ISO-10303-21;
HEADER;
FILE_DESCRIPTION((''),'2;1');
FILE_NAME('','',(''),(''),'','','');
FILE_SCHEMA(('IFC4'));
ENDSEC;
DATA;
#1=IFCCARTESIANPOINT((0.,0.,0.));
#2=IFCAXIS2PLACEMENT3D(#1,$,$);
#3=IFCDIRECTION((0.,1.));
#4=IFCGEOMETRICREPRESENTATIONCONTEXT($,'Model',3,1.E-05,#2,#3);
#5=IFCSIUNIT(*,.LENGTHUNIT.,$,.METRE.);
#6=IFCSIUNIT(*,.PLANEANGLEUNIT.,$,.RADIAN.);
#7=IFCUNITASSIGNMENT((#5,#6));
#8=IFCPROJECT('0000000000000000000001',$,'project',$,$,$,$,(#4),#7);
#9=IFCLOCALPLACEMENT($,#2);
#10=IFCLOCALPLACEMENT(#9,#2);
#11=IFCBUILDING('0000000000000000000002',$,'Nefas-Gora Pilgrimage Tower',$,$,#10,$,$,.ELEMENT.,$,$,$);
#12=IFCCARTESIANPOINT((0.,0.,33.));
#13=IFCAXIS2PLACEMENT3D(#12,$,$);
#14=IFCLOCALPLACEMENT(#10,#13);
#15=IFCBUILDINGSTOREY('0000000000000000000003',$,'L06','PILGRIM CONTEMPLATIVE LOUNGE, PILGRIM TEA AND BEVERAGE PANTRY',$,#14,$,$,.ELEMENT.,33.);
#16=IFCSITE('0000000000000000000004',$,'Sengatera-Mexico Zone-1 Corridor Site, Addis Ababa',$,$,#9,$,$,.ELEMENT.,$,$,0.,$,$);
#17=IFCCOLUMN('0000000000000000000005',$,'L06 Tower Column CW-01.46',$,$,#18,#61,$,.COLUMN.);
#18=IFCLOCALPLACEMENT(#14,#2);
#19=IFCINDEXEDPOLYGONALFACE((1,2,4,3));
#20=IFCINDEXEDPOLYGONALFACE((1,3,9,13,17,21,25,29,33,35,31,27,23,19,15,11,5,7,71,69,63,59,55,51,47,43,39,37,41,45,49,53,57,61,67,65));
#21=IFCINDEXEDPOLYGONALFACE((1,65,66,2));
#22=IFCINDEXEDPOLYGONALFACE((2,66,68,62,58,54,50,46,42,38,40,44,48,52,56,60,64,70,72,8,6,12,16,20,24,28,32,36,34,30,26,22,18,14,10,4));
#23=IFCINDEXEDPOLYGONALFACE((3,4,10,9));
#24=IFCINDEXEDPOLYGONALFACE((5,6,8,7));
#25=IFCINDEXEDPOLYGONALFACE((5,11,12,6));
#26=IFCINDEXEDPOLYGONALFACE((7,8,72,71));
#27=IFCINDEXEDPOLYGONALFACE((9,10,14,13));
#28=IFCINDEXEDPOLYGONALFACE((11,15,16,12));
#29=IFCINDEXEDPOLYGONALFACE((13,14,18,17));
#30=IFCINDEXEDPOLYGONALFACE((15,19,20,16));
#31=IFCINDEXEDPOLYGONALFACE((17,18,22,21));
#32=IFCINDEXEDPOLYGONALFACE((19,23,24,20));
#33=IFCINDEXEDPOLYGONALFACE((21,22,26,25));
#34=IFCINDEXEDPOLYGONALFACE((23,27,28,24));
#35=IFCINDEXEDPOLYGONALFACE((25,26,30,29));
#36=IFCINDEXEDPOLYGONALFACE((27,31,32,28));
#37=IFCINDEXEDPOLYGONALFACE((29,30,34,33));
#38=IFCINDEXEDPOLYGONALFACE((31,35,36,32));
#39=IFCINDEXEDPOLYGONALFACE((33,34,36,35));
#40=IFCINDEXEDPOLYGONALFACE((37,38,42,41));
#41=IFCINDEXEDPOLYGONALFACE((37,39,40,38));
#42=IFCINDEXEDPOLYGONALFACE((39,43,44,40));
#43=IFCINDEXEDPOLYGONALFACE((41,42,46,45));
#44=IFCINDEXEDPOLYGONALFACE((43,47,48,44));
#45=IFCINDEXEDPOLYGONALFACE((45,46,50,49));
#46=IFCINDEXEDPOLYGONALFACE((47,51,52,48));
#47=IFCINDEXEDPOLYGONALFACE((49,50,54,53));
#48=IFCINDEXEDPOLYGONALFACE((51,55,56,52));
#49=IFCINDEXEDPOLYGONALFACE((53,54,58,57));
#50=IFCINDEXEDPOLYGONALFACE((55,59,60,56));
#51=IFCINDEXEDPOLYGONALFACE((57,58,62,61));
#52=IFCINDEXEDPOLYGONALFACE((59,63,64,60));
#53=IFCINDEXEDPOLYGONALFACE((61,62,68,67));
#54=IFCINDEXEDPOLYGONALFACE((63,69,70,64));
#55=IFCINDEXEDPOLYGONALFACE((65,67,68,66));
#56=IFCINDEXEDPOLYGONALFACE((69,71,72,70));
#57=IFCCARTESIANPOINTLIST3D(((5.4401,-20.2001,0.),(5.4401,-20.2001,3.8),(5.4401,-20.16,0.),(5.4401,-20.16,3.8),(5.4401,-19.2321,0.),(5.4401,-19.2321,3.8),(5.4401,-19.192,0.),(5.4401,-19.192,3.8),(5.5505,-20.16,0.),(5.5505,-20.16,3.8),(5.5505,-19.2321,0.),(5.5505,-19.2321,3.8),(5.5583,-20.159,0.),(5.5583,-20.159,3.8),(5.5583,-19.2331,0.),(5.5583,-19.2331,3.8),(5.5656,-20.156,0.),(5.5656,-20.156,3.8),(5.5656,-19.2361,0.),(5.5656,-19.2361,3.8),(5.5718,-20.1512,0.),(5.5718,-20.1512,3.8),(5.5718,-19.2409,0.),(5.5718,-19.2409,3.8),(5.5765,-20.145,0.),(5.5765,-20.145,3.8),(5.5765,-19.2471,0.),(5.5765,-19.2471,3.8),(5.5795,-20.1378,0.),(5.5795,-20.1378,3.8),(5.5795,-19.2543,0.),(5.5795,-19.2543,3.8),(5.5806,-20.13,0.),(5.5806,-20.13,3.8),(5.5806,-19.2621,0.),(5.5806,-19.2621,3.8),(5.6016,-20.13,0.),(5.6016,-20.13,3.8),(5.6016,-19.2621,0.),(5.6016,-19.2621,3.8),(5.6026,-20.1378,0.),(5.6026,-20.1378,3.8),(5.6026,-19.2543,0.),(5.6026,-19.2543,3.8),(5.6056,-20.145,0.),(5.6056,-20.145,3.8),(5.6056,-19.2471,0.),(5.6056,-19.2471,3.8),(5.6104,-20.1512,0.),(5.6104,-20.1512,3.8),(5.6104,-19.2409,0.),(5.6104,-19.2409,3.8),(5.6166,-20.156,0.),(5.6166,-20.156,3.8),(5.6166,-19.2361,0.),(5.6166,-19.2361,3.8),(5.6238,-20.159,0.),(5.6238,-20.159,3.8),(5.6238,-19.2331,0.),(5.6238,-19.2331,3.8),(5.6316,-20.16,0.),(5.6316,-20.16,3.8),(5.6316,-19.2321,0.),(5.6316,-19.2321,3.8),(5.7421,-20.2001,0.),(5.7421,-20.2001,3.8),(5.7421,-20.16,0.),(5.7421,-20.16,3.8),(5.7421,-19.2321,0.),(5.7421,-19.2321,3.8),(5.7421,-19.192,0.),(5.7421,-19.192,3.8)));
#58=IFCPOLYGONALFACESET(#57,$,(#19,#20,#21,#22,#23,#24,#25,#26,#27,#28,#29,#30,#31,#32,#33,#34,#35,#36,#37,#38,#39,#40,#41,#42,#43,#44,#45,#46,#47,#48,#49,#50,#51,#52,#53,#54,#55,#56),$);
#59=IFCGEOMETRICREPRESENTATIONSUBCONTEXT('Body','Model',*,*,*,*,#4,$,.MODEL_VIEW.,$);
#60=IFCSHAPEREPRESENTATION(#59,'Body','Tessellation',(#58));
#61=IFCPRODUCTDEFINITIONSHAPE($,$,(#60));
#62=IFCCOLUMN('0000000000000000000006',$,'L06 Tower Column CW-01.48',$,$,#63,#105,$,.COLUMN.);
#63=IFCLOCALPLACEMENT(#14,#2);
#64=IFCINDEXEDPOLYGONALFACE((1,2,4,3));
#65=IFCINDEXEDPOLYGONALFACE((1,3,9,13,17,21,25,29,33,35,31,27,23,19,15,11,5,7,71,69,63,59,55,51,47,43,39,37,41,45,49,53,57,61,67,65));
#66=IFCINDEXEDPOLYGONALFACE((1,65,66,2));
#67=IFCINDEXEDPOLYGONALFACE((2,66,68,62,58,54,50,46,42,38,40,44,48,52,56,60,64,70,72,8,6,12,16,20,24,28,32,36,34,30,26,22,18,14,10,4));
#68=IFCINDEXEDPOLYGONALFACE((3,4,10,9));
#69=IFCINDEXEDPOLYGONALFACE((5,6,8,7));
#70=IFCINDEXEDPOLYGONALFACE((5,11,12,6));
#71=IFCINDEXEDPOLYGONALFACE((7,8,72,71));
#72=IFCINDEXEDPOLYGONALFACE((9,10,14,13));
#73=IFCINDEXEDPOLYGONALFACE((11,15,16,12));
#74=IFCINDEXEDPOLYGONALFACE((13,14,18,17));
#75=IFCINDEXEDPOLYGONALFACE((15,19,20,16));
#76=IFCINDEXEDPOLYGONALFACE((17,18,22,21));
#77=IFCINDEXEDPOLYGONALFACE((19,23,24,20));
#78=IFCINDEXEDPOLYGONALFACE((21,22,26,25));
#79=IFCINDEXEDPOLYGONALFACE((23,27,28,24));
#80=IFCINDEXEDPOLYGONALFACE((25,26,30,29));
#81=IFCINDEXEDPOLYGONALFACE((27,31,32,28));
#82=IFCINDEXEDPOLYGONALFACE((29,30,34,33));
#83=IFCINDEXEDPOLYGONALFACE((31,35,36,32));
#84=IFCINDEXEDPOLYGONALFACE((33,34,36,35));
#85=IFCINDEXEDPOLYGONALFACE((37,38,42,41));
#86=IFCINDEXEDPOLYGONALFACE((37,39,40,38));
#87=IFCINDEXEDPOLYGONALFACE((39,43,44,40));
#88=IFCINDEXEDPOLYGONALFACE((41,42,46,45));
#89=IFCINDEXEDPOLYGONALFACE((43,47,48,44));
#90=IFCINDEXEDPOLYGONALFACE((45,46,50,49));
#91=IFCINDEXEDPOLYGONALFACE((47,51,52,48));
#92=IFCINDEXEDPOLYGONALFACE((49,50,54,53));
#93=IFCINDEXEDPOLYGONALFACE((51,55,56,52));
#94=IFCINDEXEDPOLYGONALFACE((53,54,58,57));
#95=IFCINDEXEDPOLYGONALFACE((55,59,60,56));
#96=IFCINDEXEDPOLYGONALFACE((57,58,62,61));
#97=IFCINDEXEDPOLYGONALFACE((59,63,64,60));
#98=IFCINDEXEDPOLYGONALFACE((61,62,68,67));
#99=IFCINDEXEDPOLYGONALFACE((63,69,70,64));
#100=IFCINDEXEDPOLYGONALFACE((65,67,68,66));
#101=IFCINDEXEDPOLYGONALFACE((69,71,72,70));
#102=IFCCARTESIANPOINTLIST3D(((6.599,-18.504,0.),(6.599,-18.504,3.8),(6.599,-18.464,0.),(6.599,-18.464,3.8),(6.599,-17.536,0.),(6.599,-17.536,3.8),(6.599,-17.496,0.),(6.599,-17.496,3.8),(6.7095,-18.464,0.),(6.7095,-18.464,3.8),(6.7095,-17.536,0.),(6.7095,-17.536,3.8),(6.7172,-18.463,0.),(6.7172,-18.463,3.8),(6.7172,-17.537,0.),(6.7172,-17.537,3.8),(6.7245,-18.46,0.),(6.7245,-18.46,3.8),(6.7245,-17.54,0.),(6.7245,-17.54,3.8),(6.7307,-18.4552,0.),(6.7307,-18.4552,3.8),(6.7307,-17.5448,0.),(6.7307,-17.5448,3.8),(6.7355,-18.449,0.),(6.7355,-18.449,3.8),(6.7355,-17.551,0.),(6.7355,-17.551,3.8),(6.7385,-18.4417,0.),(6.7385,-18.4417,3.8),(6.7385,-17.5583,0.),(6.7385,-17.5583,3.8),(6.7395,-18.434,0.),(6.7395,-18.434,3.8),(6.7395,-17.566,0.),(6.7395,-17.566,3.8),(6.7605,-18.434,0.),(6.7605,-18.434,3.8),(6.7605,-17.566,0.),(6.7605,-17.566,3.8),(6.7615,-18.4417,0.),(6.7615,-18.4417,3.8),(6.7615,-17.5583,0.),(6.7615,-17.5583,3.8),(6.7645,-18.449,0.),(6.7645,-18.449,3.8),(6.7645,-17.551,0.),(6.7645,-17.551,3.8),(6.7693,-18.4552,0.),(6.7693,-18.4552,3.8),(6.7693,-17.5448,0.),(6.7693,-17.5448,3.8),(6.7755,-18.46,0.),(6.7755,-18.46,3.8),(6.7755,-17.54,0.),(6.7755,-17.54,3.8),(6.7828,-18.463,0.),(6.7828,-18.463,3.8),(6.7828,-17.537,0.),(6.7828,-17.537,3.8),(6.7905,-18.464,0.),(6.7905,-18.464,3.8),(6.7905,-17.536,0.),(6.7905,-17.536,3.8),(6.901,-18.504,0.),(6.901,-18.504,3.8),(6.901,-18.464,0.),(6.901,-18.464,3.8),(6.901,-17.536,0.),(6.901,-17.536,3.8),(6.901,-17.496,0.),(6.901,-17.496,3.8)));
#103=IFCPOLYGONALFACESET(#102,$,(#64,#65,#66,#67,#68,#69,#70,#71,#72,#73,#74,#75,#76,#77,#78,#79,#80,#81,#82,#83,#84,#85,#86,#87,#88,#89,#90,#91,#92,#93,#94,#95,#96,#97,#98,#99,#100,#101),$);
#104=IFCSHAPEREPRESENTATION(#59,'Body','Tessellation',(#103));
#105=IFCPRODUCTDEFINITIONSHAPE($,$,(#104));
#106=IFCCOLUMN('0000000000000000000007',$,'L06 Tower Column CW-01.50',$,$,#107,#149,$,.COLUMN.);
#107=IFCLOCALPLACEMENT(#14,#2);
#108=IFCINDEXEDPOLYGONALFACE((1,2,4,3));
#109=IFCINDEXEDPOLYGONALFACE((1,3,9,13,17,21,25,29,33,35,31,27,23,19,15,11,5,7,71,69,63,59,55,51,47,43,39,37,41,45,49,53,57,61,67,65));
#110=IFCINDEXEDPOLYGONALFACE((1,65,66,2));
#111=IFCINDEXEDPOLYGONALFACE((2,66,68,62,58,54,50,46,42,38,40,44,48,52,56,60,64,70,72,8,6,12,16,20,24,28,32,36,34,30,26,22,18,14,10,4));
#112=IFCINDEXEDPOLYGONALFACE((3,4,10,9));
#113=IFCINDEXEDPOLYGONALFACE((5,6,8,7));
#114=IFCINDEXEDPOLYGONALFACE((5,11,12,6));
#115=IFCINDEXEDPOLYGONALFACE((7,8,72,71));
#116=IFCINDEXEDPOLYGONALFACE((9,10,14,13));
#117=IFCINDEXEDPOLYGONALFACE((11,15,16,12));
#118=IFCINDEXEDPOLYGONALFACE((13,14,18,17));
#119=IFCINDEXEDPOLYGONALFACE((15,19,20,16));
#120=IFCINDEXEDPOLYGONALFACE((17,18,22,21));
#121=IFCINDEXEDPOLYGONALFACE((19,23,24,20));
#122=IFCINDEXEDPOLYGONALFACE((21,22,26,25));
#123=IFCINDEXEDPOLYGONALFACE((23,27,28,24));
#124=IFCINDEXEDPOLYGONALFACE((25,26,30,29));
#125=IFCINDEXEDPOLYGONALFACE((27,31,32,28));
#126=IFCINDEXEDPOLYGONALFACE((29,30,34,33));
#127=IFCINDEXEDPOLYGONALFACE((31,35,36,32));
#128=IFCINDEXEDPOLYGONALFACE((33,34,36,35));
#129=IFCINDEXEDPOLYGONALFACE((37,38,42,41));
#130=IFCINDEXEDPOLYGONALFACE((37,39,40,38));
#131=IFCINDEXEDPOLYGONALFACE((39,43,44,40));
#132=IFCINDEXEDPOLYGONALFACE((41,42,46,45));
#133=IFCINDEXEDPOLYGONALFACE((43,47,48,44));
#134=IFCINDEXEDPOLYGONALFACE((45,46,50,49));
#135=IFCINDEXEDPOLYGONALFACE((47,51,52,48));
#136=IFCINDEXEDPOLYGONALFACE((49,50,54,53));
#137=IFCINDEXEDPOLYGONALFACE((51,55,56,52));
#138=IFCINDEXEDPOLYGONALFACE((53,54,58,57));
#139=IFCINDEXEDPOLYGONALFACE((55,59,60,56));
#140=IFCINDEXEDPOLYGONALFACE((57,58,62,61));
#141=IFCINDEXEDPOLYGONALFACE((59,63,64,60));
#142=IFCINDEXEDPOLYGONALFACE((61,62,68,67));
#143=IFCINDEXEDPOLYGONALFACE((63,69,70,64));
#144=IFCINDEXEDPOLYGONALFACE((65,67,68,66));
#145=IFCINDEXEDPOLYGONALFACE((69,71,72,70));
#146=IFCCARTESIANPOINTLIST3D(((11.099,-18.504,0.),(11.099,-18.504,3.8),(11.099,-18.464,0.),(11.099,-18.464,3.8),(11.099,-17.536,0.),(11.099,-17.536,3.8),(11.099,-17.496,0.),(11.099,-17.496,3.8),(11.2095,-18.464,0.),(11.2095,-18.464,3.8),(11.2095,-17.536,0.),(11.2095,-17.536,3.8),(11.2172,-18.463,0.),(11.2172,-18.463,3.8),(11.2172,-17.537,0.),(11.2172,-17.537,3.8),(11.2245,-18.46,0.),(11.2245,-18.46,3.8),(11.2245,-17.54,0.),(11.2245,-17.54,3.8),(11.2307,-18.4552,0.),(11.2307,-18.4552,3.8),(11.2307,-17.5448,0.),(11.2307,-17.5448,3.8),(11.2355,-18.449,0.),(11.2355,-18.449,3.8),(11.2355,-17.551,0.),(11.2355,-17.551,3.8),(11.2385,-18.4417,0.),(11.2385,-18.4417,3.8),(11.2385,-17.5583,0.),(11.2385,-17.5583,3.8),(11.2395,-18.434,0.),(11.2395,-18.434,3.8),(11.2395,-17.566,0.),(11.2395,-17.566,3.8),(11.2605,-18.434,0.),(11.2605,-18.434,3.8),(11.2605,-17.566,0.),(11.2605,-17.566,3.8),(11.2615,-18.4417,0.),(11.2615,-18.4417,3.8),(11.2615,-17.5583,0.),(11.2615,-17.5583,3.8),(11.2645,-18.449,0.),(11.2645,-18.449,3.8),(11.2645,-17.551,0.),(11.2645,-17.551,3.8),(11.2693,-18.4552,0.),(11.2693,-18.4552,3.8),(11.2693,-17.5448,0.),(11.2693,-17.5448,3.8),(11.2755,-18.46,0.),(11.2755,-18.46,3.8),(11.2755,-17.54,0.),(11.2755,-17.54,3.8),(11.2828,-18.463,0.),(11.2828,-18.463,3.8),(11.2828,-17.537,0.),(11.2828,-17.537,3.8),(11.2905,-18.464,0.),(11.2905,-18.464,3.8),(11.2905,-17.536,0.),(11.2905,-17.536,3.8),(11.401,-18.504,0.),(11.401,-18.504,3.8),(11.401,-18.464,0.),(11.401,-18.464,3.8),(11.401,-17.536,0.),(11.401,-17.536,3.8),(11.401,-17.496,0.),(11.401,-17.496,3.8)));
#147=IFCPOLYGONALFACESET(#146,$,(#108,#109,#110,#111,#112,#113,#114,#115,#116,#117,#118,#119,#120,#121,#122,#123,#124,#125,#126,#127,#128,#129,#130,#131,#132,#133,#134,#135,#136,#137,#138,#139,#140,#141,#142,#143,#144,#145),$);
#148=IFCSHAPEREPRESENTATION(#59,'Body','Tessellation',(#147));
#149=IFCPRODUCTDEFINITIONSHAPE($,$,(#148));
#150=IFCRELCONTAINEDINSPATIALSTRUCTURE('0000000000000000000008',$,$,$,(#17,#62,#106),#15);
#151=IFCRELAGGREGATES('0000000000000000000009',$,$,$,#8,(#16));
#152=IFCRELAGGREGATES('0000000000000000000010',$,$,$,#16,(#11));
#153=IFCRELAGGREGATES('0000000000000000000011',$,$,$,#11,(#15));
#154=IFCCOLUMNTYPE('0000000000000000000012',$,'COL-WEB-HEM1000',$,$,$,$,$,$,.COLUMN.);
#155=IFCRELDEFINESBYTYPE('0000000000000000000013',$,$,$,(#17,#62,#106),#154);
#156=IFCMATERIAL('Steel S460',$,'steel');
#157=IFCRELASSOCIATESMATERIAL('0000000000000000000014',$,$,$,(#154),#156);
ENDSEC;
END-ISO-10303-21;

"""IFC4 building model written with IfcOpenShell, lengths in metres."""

from ifc_helpers import new_model, si_unit, direction, frame, origin, origin_2d, place, context, subcontext, project, spatial, i_section, extrude, source, transform, mapped, material, material_profile, profile_set, type_object, element, save


model = new_model("IFC4")

# Units and contexts
model_context = context("Model", 3, precision=1e-05, world=origin(), true_north=direction((0.0, 1.0)))
body_context = subcontext(model_context, "Body", "Model", "MODEL_VIEW")
ifc_project = project(units=[si_unit("LENGTHUNIT", "METRE"), si_unit("PLANEANGLEUNIT", "RADIAN")], contexts=[model_context])

# Site, building, storey
site_placement = place(None, origin())
site = spatial("IfcSite", under=ifc_project, at=site_placement, Name="Sengatera-Mexico Zone-1 Corridor Site, Addis Ababa", CompositionType="ELEMENT", RefElevation=0.0)
building_placement = place(site_placement, origin())
building = spatial("IfcBuilding", under=site, at=building_placement, Name="Nefas-Gora Pilgrimage Tower", CompositionType="ELEMENT")
storey_placement = place(building_placement, frame((0.0, 0.0, 33.0)))
storey = spatial("IfcBuildingStorey", under=building, at=storey_placement, Name="L06", Description="PILGRIM CONTEMPLATIVE LOUNGE, PILGRIM TEA AND BEVERAGE PANTRY", CompositionType="ELEMENT", Elevation=33.0)

# Columns
ifc_material_1 = material(Name="Steel S460", Category="steel")
ifc_material_profile_1 = material_profile(ifc_material_1, i_section(OverallWidth=0.302, OverallDepth=1.0081, WebThickness=0.021, FlangeThickness=0.04, FilletRadius=0.03, at=origin_2d()), Name="HEM 1000")
ifc_profile_set_1 = profile_set([ifc_material_profile_1], Name="Steel S460")
column_type_1 = type_object("IfcColumnType", Name="COL-WEB-HEM1000", PredefinedType="COLUMN", material=ifc_profile_set_1)
shared_shape_1 = source(origin(), body_context, "Body", "SweptSolid", [
    extrude(i_section(OverallWidth=0.302, OverallDepth=1.0081, WebThickness=0.021, FlangeThickness=0.04, FilletRadius=0.03, at=origin_2d()), origin(), (0.0, 0.0, 1.0), 3.8),
])
for number, where, z_axis, x_axis, name in (
    (1, (5.5911, -19.696, 0.0), (0.0, 0.0, 1.0), (1.0, 0.0, 0.0), "L06 Tower Column CW-01.46"),
    (2, (6.75, -18.0, 0.0), (0.0, 0.0, 1.0), (1.0, 0.0, 0.0), "L06 Tower Column CW-01.48"),
    (3, (11.25, -18.0, 0.0), (0.0, 0.0, 1.0), (1.0, 0.0, 0.0), "L06 Tower Column CW-01.50"),
):
    element("IfcColumn", number, at=place(storey_placement, frame(where, z_axis=z_axis, x_axis=x_axis)), inside=storey, type_object=column_type_1, Name=name, PredefinedType="COLUMN", context=body_context, shape_type="MappedRepresentation", body=[
        mapped(shared_shape_1, transform((0.0, 0.0, 0.0), x_axis=(1.0, 0.0, 0.0), y_axis=(0.0, 1.0, 0.0), z_axis=(0.0, 0.0, 1.0), scale=1.0)),
    ])

save(model, "model.ifc")
